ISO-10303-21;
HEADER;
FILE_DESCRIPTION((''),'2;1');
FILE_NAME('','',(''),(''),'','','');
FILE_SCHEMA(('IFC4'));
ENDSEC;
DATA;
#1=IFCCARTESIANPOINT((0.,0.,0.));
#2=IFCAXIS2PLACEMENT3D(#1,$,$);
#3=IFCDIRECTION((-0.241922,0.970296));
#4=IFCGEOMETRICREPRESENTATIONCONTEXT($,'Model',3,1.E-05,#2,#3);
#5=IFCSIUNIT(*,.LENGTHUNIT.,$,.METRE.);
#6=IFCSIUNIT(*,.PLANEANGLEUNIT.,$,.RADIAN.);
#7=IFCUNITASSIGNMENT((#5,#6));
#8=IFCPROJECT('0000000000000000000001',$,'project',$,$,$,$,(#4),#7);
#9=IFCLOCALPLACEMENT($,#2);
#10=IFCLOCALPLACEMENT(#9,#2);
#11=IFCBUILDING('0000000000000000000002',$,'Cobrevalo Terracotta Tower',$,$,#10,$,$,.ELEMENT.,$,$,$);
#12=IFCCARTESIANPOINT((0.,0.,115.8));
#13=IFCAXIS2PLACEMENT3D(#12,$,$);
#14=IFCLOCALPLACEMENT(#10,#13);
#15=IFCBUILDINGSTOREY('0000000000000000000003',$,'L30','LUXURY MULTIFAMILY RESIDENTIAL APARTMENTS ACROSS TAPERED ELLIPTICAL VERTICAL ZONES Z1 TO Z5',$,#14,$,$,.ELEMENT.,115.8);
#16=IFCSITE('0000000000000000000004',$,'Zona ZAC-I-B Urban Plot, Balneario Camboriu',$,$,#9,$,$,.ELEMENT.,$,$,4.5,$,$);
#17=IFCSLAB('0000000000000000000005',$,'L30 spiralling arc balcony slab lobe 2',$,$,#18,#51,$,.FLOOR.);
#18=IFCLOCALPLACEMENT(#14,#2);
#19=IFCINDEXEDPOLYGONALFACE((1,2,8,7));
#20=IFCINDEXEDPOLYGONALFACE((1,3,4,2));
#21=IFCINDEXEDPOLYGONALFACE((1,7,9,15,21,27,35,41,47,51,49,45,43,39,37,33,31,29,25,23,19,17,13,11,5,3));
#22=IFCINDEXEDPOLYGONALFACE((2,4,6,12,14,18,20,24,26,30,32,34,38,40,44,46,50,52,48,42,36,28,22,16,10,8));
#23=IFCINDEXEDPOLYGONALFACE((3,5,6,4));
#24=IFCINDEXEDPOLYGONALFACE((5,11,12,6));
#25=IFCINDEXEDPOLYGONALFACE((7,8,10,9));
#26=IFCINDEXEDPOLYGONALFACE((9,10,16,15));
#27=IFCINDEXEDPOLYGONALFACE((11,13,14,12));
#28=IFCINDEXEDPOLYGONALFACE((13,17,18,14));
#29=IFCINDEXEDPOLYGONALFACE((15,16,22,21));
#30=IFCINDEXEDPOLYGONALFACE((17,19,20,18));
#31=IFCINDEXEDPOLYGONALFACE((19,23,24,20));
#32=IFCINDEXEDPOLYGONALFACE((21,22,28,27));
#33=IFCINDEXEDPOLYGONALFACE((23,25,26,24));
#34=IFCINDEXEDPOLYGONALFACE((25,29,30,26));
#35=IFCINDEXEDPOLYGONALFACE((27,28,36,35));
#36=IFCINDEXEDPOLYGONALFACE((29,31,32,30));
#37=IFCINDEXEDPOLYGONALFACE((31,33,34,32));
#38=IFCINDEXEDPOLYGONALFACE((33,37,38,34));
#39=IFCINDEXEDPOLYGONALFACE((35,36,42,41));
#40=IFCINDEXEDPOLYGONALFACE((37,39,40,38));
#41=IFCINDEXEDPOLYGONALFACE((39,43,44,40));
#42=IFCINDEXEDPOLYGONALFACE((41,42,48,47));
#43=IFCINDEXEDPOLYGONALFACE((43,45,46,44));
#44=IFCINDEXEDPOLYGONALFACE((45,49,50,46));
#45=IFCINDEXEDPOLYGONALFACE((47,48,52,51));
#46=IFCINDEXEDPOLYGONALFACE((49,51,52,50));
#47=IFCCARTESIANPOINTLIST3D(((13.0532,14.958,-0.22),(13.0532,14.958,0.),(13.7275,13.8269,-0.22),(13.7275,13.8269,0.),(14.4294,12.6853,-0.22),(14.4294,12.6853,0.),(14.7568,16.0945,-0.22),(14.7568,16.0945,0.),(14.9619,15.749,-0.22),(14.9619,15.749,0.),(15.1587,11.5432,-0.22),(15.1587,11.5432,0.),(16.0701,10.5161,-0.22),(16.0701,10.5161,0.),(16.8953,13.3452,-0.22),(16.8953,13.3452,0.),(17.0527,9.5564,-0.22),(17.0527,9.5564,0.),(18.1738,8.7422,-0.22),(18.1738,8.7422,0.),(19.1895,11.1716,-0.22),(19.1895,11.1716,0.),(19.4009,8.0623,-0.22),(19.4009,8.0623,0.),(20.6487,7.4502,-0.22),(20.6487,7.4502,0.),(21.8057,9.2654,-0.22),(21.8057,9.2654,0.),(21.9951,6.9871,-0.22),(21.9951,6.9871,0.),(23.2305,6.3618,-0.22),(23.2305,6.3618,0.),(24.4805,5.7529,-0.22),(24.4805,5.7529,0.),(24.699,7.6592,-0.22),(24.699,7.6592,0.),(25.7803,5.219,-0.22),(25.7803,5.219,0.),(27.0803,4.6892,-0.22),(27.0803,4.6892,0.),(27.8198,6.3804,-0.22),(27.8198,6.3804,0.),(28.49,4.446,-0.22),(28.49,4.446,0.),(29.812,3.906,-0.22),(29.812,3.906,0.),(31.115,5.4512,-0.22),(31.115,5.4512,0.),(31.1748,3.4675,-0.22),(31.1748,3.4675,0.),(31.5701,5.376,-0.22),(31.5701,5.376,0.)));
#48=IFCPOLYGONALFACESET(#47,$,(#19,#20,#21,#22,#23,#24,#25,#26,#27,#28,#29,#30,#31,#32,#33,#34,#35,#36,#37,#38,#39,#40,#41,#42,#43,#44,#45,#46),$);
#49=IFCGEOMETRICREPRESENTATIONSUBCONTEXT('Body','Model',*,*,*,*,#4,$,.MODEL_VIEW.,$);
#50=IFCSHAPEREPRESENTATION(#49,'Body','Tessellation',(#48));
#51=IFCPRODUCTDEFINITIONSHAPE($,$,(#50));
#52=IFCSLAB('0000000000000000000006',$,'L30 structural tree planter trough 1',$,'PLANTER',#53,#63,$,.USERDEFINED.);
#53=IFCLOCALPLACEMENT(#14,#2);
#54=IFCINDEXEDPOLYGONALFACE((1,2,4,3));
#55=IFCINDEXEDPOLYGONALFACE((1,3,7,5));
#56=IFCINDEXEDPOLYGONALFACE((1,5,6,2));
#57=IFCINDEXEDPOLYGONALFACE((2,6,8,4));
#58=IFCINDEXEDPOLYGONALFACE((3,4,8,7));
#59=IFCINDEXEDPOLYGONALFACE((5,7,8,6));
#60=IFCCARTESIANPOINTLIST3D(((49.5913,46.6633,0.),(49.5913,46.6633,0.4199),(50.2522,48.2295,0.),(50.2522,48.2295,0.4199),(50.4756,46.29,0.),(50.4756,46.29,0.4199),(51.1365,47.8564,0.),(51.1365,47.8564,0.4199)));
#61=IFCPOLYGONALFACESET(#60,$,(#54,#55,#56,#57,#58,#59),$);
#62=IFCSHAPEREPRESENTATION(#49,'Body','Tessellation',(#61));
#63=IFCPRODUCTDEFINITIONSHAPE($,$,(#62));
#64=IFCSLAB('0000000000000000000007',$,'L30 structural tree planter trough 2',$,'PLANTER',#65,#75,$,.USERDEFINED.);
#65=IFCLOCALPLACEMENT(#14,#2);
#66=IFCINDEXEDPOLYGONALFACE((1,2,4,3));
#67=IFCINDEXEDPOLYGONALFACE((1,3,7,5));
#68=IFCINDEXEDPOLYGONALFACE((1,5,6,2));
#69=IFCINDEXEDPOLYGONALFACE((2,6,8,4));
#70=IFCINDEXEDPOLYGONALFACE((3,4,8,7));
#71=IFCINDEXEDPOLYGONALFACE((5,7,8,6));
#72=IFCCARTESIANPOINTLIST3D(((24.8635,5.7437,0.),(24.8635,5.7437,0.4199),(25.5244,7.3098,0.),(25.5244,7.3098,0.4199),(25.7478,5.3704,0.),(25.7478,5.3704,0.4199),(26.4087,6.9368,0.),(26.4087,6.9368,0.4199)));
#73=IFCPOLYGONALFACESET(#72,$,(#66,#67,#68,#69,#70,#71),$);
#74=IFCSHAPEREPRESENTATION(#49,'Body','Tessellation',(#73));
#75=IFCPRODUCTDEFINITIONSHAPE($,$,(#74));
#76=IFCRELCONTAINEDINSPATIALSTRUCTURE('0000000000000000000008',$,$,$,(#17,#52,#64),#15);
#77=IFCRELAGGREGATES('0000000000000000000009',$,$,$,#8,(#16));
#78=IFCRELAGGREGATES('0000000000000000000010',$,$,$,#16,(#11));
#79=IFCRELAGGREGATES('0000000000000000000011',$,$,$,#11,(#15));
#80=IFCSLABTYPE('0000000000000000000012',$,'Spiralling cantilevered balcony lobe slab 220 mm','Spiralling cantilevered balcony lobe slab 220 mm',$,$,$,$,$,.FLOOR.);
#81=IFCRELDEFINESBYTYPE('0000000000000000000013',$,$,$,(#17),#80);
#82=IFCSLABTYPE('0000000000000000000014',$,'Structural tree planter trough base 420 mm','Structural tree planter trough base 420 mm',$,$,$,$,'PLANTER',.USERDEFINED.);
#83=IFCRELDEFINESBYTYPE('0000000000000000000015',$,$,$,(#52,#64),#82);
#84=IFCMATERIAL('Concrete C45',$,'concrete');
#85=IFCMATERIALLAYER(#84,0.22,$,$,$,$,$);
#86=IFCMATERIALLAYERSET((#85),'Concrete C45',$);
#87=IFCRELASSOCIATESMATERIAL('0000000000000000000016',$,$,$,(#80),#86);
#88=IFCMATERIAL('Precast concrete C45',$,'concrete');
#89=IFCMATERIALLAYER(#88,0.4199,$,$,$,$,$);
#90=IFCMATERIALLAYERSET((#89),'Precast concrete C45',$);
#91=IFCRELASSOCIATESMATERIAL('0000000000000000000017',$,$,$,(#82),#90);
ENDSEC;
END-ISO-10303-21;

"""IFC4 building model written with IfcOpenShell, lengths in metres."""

from ifc_helpers import new_model, si_unit, direction, frame, origin, place, context, subcontext, project, spatial, polyline, outline, extrude, material, layer, layer_set, type_object, element, save


model = new_model("IFC4")

# Units and contexts
model_context = context("Model", 3, precision=1e-05, world=origin(), true_north=direction((-0.241922, 0.970296)))
body_context = subcontext(model_context, "Body", "Model", "MODEL_VIEW")
ifc_project = project(units=[si_unit("LENGTHUNIT", "METRE"), si_unit("PLANEANGLEUNIT", "RADIAN")], contexts=[model_context])

# Site, building, storey
site_placement = place(None, origin())
site = spatial("IfcSite", under=ifc_project, at=site_placement, Name="Zona ZAC-I-B Urban Plot, Balneario Camboriu", CompositionType="ELEMENT", RefElevation=4.5)
building_placement = place(site_placement, origin())
building = spatial("IfcBuilding", under=site, at=building_placement, Name="Cobrevalo Terracotta Tower", CompositionType="ELEMENT")
storey_placement = place(building_placement, frame((0.0, 0.0, 115.8)))
storey = spatial("IfcBuildingStorey", under=building, at=storey_placement, Name="L30", Description="LUXURY MULTIFAMILY RESIDENTIAL APARTMENTS ACROSS TAPERED ELLIPTICAL VERTICAL ZONES Z1 TO Z5", CompositionType="ELEMENT", Elevation=115.8)

# Slabs
ifc_material_1 = material(Name="Concrete C45", Category="concrete")
ifc_layer_1 = layer(ifc_material_1, 0.22)
ifc_layer_set_1 = layer_set([ifc_layer_1], Name="Concrete C45")
slab_type_1 = type_object("IfcSlabType", Name="Spiralling cantilevered balcony lobe slab 220 mm", Description="Spiralling cantilevered balcony lobe slab 220 mm", PredefinedType="FLOOR", material=ifc_layer_set_1)
slab_1_placement = place(storey_placement, frame((0.0, 0.0, -0.22)))
element("IfcSlab", 1, at=slab_1_placement, inside=storey, type_object=slab_type_1, Name="L30 spiralling arc balcony slab lobe 2", PredefinedType="FLOOR", context=body_context, shape_type="SweptSolid", body=[
    extrude(outline(polyline([(13.0532, 14.958), (13.7275, 13.8269), (14.4294, 12.6853), (15.1587, 11.5432), (16.0701, 10.5161), (17.0527, 9.5564), (18.1738, 8.7422), (19.4009, 8.0623), (20.6487, 7.4502), (21.9951, 6.9871), (23.2305, 6.3618), (24.4805, 5.7529), (25.7803, 5.219), (27.0803, 4.6892), (28.49, 4.446), (29.812, 3.906), (31.1748, 3.4675), (31.5701, 5.376), (31.115, 5.4512), (27.8198, 6.3804), (24.699, 7.6592), (21.8057, 9.2654), (19.1895, 11.1716), (16.8953, 13.3452), (14.9619, 15.749), (14.7568, 16.0945), (13.0532, 14.958)])), origin(), (0.0, 0.0, 1.0), 0.22),
])
ifc_material_2 = material(Name="Precast concrete C45", Category="concrete")
ifc_layer_2 = layer(ifc_material_2, 0.4199)
ifc_layer_set_2 = layer_set([ifc_layer_2], Name="Precast concrete C45")
slab_type_2 = type_object("IfcSlabType", Name="Structural tree planter trough base 420 mm", Description="Structural tree planter trough base 420 mm", ElementType="PLANTER", PredefinedType="USERDEFINED", material=ifc_layer_set_2)
slab_2_placement = place(storey_placement, origin())
element("IfcSlab", 2, at=slab_2_placement, inside=storey, type_object=slab_type_2, Name="L30 structural tree planter trough 1", ObjectType="PLANTER", PredefinedType="USERDEFINED", context=body_context, shape_type="SweptSolid", body=[
    extrude(outline(polyline([(50.4756, 46.29), (51.1365, 47.8564), (50.2522, 48.2295), (49.5913, 46.6633), (50.4756, 46.29)])), origin(), (0.0, 0.0, 1.0), 0.4199),
])
slab_3_placement = place(storey_placement, origin())
element("IfcSlab", 3, at=slab_3_placement, inside=storey, type_object=slab_type_2, Name="L30 structural tree planter trough 2", ObjectType="PLANTER", PredefinedType="USERDEFINED", context=body_context, shape_type="SweptSolid", body=[
    extrude(outline(polyline([(25.5244, 7.3098), (24.8635, 5.7437), (25.7478, 5.3704), (26.4087, 6.9368), (25.5244, 7.3098)])), origin(), (0.0, 0.0, 1.0), 0.4199),
])

save(model, "model.ifc")
